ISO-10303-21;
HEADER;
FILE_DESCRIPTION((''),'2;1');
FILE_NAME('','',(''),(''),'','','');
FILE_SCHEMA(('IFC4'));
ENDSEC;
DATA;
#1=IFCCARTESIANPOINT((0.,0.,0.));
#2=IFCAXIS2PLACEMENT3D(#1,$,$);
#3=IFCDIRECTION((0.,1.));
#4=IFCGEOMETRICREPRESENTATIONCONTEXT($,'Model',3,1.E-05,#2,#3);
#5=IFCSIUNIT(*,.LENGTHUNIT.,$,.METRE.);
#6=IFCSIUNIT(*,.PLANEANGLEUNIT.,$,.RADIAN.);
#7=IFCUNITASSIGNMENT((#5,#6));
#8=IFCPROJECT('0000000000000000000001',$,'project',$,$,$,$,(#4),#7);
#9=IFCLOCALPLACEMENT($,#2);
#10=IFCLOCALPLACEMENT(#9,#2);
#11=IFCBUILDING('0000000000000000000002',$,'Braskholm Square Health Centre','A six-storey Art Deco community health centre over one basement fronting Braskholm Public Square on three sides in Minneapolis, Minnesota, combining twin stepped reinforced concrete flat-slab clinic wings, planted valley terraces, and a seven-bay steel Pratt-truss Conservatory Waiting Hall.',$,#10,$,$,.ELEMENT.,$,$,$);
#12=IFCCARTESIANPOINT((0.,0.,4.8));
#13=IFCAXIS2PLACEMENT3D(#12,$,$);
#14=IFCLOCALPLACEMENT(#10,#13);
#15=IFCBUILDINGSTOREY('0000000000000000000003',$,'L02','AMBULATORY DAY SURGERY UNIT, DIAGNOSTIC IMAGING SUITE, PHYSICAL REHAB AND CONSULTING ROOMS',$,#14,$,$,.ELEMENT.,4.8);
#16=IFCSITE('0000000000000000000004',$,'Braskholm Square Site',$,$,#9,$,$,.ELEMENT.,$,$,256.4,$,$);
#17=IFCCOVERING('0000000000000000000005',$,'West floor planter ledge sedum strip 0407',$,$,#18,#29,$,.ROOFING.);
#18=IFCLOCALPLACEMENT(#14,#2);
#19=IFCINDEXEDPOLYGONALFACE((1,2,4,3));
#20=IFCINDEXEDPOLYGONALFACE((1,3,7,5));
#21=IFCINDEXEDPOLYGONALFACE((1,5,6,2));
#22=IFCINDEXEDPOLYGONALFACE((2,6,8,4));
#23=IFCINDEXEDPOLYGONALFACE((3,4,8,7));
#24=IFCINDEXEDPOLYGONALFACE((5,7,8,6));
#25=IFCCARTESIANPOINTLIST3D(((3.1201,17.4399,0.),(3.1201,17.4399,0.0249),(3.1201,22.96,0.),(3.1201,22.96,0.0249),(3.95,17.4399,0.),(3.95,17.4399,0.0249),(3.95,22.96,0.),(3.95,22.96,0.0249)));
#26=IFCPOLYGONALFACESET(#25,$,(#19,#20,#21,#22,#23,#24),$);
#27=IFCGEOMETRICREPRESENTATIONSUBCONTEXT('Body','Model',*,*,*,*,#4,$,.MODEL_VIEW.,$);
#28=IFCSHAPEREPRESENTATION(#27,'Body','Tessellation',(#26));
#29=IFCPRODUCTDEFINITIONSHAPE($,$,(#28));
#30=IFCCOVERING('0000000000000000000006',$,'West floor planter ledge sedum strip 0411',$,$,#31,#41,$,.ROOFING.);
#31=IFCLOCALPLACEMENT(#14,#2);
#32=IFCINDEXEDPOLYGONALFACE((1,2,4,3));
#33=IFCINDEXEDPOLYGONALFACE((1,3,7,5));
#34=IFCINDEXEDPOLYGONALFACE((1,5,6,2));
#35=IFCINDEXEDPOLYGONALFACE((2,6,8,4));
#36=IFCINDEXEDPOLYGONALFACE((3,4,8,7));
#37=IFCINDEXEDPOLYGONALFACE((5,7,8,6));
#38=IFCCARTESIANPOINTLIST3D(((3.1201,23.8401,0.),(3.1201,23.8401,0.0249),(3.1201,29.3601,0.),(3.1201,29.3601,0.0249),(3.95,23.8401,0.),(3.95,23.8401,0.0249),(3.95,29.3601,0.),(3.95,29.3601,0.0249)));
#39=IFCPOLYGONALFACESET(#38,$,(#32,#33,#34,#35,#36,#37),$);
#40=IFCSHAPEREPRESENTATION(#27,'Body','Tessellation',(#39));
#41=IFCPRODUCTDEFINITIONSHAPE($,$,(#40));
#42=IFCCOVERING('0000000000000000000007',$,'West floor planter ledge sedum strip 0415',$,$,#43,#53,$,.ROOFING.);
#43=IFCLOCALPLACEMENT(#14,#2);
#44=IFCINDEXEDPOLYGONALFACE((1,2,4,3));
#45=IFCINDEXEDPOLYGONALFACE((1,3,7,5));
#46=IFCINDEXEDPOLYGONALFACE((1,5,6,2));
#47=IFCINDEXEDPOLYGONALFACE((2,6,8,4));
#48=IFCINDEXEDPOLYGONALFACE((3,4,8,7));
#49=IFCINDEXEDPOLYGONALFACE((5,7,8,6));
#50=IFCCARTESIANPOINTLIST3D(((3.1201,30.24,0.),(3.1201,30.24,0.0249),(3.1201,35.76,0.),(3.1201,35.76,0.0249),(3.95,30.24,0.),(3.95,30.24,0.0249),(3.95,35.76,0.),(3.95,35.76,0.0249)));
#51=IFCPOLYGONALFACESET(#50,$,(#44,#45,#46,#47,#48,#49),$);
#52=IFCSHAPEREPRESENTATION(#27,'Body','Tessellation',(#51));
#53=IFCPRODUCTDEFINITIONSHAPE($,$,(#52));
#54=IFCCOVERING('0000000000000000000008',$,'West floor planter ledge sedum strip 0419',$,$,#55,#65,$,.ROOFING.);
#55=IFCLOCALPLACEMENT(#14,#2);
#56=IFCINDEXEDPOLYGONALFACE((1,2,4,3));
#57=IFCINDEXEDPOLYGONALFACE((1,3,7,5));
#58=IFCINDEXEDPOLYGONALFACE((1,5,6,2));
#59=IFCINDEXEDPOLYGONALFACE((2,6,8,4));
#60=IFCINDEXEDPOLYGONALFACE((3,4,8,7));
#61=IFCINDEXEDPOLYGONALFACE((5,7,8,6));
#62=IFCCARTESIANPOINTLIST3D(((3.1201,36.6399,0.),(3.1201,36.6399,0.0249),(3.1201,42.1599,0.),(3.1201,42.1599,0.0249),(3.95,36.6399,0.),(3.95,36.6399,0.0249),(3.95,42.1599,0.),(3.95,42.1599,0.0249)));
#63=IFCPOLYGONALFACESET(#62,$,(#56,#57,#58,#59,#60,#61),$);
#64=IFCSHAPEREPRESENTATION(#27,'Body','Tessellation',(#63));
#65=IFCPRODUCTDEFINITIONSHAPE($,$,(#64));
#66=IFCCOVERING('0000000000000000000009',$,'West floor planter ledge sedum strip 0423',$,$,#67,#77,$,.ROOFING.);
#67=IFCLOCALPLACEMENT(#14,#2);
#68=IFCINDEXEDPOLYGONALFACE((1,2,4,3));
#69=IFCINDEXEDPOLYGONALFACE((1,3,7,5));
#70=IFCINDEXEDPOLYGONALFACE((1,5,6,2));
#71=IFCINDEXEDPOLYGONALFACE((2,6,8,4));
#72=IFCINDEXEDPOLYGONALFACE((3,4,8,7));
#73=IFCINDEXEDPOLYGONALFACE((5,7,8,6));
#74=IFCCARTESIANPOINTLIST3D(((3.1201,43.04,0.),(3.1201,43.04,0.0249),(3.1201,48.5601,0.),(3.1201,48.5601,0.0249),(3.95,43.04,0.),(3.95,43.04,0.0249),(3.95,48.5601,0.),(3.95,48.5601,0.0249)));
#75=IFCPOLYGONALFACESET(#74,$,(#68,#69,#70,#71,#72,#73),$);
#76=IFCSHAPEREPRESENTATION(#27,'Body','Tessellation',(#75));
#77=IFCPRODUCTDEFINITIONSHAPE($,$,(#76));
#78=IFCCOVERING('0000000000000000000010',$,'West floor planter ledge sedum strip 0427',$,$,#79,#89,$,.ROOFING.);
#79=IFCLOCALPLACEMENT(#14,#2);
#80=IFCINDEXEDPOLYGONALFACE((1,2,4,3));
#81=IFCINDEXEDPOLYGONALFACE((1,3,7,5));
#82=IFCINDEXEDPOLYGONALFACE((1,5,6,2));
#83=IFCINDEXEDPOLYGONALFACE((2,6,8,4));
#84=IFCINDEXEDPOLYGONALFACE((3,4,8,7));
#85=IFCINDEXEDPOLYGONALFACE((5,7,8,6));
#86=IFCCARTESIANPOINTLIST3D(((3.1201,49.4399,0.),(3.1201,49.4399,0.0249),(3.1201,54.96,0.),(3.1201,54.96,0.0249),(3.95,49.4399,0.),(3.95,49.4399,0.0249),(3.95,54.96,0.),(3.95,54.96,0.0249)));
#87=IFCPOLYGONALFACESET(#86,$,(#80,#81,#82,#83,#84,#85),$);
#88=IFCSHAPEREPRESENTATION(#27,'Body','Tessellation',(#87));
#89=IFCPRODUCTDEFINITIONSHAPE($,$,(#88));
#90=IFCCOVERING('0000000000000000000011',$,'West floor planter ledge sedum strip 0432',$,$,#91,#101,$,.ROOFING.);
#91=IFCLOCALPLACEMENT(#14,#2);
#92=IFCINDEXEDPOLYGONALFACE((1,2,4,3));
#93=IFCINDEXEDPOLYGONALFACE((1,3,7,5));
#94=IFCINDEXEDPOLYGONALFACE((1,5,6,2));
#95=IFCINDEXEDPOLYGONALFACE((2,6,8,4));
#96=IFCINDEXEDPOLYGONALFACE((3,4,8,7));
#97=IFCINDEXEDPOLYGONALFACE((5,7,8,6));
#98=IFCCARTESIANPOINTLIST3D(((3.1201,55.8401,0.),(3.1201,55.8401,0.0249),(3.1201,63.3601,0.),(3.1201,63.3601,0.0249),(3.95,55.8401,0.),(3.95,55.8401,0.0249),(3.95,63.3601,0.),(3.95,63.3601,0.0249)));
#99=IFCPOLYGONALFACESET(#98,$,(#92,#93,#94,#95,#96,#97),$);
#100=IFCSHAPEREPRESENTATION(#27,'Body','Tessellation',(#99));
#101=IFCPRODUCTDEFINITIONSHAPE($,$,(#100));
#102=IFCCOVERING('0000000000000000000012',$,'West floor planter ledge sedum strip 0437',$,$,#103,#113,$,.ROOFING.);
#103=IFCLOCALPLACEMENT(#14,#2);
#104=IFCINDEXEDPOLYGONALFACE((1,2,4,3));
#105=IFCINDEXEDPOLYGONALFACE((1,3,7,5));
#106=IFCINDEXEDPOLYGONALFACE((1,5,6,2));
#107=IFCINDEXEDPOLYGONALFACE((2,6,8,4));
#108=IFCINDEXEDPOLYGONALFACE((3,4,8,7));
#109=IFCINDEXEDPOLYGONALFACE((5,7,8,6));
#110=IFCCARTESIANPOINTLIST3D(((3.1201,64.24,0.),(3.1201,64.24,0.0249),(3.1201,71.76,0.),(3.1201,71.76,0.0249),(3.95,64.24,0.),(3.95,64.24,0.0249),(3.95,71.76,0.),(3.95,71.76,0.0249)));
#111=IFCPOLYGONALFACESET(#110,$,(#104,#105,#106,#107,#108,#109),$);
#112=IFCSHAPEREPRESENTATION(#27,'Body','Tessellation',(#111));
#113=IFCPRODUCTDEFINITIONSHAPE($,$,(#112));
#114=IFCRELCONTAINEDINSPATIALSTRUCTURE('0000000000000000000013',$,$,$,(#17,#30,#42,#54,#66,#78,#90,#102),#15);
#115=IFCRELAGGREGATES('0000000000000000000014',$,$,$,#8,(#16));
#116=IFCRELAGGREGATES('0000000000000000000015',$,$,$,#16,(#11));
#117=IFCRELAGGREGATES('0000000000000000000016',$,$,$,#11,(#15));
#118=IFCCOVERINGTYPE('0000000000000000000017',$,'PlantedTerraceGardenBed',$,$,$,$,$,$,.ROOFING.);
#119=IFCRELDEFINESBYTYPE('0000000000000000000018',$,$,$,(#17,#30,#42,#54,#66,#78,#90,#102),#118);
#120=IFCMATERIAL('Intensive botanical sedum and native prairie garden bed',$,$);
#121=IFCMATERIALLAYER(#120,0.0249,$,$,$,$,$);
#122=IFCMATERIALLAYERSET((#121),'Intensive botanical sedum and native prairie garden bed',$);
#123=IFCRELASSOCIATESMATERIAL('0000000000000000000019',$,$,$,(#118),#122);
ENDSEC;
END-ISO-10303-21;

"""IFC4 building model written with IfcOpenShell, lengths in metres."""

from ifc_helpers import new_model, si_unit, direction, frame, origin, place, context, subcontext, project, spatial, polyline, outline, extrude, material, layer, layer_set, type_object, element, save


model = new_model("IFC4")

# Units and contexts
model_context = context("Model", 3, precision=1e-05, world=origin(), true_north=direction((0.0, 1.0)))
body_context = subcontext(model_context, "Body", "Model", "MODEL_VIEW")
ifc_project = project(units=[si_unit("LENGTHUNIT", "METRE"), si_unit("PLANEANGLEUNIT", "RADIAN")], contexts=[model_context])

# Site, building, storey
site_placement = place(None, origin())
site = spatial("IfcSite", under=ifc_project, at=site_placement, Name="Braskholm Square Site", CompositionType="ELEMENT", RefElevation=256.4)
building_placement = place(site_placement, origin())
building = spatial("IfcBuilding", under=site, at=building_placement, Name="Braskholm Square Health Centre", Description="A six-storey Art Deco community health centre over one basement fronting Braskholm Public Square on three sides in Minneapolis, Minnesota, combining twin stepped reinforced concrete flat-slab clinic wings, planted valley terraces, and a seven-bay steel Pratt-truss Conservatory Waiting Hall.", CompositionType="ELEMENT")
storey_placement = place(building_placement, frame((0.0, 0.0, 4.8)))
storey = spatial("IfcBuildingStorey", under=building, at=storey_placement, Name="L02", Description="AMBULATORY DAY SURGERY UNIT, DIAGNOSTIC IMAGING SUITE, PHYSICAL REHAB AND CONSULTING ROOMS", CompositionType="ELEMENT", Elevation=4.8)

# Coverings
ifc_material_1 = material(Name="Intensive botanical sedum and native prairie garden bed")
ifc_layer_1 = layer(ifc_material_1, 0.0249)
ifc_layer_set_1 = layer_set([ifc_layer_1], Name="Intensive botanical sedum and native prairie garden bed")
covering_type = type_object("IfcCoveringType", Name="PlantedTerraceGardenBed", PredefinedType="ROOFING", material=ifc_layer_set_1)
covering_1_placement = place(storey_placement, origin())
element("IfcCovering", 1, at=covering_1_placement, inside=storey, type_object=covering_type, Name="West floor planter ledge sedum strip 0407", PredefinedType="ROOFING", context=body_context, shape_type="SweptSolid", body=[
    extrude(outline(polyline([(3.1201, 17.4399), (3.95, 17.4399), (3.95, 22.96), (3.1201, 22.96), (3.1201, 17.4399)])), origin(), (0.0, 0.0, 1.0), 0.0249),
])
covering_2_placement = place(storey_placement, origin())
element("IfcCovering", 2, at=covering_2_placement, inside=storey, type_object=covering_type, Name="West floor planter ledge sedum strip 0411", PredefinedType="ROOFING", context=body_context, shape_type="SweptSolid", body=[
    extrude(outline(polyline([(3.1201, 23.8401), (3.95, 23.8401), (3.95, 29.3601), (3.1201, 29.3601), (3.1201, 23.8401)])), origin(), (0.0, 0.0, 1.0), 0.0249),
])
covering_3_placement = place(storey_placement, origin())
element("IfcCovering", 3, at=covering_3_placement, inside=storey, type_object=covering_type, Name="West floor planter ledge sedum strip 0415", PredefinedType="ROOFING", context=body_context, shape_type="SweptSolid", body=[
    extrude(outline(polyline([(3.1201, 30.24), (3.95, 30.24), (3.95, 35.76), (3.1201, 35.76), (3.1201, 30.24)])), origin(), (0.0, 0.0, 1.0), 0.0249),
])
covering_4_placement = place(storey_placement, origin())
element("IfcCovering", 4, at=covering_4_placement, inside=storey, type_object=covering_type, Name="West floor planter ledge sedum strip 0419", PredefinedType="ROOFING", context=body_context, shape_type="SweptSolid", body=[
    extrude(outline(polyline([(3.1201, 36.6399), (3.95, 36.6399), (3.95, 42.1599), (3.1201, 42.1599), (3.1201, 36.6399)])), origin(), (0.0, 0.0, 1.0), 0.0249),
])
covering_5_placement = place(storey_placement, origin())
element("IfcCovering", 5, at=covering_5_placement, inside=storey, type_object=covering_type, Name="West floor planter ledge sedum strip 0423", PredefinedType="ROOFING", context=body_context, shape_type="SweptSolid", body=[
    extrude(outline(polyline([(3.1201, 43.04), (3.95, 43.04), (3.95, 48.5601), (3.1201, 48.5601), (3.1201, 43.04)])), origin(), (0.0, 0.0, 1.0), 0.0249),
])
covering_6_placement = place(storey_placement, origin())
element("IfcCovering", 6, at=covering_6_placement, inside=storey, type_object=covering_type, Name="West floor planter ledge sedum strip 0427", PredefinedType="ROOFING", context=body_context, shape_type="SweptSolid", body=[
    extrude(outline(polyline([(3.1201, 49.4399), (3.95, 49.4399), (3.95, 54.96), (3.1201, 54.96), (3.1201, 49.4399)])), origin(), (0.0, 0.0, 1.0), 0.0249),
])
covering_7_placement = place(storey_placement, origin())
element("IfcCovering", 7, at=covering_7_placement, inside=storey, type_object=covering_type, Name="West floor planter ledge sedum strip 0432", PredefinedType="ROOFING", context=body_context, shape_type="SweptSolid", body=[
    extrude(outline(polyline([(3.1201, 55.8401), (3.95, 55.8401), (3.95, 63.3601), (3.1201, 63.3601), (3.1201, 55.8401)])), origin(), (0.0, 0.0, 1.0), 0.0249),
])
covering_8_placement = place(storey_placement, origin())
element("IfcCovering", 8, at=covering_8_placement, inside=storey, type_object=covering_type, Name="West floor planter ledge sedum strip 0437", PredefinedType="ROOFING", context=body_context, shape_type="SweptSolid", body=[
    extrude(outline(polyline([(3.1201, 64.24), (3.95, 64.24), (3.95, 71.76), (3.1201, 71.76), (3.1201, 64.24)])), origin(), (0.0, 0.0, 1.0), 0.0249),
])

save(model, "model.ifc")
